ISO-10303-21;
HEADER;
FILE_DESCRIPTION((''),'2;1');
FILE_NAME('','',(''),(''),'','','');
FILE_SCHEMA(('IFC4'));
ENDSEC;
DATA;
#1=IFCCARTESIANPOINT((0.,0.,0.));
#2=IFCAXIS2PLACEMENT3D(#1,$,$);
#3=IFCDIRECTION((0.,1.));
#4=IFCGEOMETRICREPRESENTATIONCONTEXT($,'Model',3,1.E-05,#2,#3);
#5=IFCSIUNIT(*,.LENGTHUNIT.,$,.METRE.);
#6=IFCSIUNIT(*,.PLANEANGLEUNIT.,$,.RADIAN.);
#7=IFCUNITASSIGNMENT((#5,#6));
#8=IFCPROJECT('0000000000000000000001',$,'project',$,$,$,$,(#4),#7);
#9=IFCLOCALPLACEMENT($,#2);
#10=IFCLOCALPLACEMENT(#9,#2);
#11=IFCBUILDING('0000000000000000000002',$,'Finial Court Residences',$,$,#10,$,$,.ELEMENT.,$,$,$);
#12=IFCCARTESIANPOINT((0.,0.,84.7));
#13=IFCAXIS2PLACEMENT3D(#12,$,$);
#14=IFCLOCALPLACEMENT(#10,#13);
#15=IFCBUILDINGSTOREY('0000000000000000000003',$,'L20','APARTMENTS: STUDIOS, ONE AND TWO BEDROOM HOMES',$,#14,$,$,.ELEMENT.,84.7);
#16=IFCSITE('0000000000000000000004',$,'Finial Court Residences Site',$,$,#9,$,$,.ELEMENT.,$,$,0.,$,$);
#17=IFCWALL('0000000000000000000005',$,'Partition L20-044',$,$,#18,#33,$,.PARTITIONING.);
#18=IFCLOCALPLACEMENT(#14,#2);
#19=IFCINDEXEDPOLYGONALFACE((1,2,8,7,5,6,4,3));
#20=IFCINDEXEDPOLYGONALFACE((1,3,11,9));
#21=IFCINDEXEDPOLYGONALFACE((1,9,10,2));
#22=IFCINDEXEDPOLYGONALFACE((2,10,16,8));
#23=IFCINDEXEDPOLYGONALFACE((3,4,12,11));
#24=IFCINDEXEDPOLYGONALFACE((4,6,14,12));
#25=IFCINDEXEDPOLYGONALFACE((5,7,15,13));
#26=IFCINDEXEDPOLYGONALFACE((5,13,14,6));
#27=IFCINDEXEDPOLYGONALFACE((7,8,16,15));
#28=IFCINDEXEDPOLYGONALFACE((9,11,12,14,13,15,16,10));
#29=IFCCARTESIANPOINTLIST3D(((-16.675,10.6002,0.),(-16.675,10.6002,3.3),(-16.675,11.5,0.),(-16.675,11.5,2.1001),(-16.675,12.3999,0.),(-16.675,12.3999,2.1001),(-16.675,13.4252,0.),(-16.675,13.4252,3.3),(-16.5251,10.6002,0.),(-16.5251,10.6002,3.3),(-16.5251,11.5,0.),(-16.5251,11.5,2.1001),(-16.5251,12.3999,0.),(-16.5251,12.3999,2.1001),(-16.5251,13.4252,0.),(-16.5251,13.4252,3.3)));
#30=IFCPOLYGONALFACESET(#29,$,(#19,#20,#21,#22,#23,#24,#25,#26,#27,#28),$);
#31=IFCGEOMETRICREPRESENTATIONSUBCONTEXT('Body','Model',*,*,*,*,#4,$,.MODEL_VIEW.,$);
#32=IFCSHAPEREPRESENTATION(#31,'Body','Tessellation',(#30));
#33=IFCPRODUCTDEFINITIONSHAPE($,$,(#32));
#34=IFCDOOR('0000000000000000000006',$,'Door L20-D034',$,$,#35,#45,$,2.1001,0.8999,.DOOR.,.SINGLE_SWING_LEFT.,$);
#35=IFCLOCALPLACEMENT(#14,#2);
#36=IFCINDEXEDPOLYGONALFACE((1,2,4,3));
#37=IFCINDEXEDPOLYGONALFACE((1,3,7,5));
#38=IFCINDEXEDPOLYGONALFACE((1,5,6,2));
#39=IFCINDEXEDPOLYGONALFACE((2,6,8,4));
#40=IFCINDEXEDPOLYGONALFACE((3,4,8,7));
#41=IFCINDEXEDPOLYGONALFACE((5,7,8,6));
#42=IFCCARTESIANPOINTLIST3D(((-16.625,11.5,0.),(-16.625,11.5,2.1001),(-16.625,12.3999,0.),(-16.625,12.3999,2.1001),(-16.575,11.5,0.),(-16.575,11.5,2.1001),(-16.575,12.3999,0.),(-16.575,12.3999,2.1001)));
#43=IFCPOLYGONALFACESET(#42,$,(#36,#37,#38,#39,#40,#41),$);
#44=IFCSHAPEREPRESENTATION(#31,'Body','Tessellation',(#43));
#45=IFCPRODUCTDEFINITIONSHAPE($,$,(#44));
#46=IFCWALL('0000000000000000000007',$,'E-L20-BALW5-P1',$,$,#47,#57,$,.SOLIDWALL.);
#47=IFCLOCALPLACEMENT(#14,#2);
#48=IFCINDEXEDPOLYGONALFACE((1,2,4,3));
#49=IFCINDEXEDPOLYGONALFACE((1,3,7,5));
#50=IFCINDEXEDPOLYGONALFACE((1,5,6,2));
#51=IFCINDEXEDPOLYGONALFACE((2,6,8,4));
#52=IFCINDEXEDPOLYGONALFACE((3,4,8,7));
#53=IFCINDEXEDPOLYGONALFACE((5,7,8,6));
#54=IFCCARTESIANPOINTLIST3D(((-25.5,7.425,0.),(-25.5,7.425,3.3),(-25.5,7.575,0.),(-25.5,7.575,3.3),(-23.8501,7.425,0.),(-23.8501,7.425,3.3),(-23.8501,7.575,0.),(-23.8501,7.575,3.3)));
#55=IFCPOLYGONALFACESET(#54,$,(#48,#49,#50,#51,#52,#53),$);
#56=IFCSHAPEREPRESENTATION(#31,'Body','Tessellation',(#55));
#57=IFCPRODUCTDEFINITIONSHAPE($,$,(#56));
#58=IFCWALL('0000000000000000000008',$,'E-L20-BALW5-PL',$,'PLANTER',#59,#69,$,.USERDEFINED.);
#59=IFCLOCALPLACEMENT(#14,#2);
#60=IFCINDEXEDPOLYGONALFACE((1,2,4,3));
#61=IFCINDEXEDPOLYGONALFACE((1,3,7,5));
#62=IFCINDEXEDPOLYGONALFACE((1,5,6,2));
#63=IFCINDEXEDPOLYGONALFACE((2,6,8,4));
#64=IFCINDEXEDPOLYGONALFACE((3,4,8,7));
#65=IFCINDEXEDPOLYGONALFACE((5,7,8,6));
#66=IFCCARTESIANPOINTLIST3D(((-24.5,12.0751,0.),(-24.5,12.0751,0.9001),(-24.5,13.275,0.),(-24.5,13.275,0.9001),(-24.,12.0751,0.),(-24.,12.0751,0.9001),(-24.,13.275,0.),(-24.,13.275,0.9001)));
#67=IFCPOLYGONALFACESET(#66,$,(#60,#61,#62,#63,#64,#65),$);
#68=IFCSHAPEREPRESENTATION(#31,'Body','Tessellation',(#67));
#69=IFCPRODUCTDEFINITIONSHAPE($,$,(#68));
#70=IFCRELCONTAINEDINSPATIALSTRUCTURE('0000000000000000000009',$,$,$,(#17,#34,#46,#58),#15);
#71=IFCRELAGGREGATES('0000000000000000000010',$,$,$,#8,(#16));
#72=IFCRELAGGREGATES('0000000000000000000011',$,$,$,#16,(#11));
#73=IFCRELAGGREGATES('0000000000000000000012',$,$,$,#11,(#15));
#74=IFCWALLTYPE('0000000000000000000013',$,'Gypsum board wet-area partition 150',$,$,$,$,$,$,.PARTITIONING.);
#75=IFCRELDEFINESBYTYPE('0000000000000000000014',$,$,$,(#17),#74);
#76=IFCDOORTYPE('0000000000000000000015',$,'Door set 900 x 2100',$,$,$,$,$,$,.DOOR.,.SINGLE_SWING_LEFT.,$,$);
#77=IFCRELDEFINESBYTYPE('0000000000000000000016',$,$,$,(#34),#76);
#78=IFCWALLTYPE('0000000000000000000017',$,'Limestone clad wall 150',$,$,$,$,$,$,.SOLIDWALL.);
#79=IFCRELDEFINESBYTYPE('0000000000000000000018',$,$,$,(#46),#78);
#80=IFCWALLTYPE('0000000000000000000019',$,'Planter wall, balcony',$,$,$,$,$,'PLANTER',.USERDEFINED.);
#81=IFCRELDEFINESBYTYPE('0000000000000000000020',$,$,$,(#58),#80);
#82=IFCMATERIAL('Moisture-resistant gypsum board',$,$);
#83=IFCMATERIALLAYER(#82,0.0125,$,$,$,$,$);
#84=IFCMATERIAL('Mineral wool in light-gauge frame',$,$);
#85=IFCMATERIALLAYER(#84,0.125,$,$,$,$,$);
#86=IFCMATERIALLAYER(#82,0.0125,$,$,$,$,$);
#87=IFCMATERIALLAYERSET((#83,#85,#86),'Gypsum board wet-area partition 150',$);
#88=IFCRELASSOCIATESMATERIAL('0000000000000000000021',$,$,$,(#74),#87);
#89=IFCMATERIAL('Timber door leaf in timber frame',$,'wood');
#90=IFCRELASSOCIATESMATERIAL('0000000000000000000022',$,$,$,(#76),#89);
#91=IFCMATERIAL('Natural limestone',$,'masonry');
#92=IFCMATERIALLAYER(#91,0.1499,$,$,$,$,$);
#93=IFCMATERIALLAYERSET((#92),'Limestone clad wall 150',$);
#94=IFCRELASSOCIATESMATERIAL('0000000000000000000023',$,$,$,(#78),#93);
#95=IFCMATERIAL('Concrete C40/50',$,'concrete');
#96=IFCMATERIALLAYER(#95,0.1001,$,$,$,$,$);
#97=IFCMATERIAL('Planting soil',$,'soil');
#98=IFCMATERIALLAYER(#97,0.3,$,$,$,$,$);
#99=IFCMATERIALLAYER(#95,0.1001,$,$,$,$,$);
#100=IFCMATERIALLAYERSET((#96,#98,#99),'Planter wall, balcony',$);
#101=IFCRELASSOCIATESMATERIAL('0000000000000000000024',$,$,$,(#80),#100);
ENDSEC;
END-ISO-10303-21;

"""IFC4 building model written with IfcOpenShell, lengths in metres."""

from ifc_helpers import new_model, si_unit, direction, frame, frame_2d, origin, place, context, subcontext, project, spatial, rectangle, extrude, material, layer, layer_set, type_object, element, fill, save


model = new_model("IFC4")

# Units and contexts
model_context = context("Model", 3, precision=1e-05, world=origin(), true_north=direction((0.0, 1.0)))
body_context = subcontext(model_context, "Body", "Model", "MODEL_VIEW")
ifc_project = project(units=[si_unit("LENGTHUNIT", "METRE"), si_unit("PLANEANGLEUNIT", "RADIAN")], contexts=[model_context])

# Site, building, storey
site_placement = place(None, origin())
site = spatial("IfcSite", under=ifc_project, at=site_placement, Name="Finial Court Residences Site", CompositionType="ELEMENT", RefElevation=0.0)
building_placement = place(site_placement, origin())
building = spatial("IfcBuilding", under=site, at=building_placement, Name="Finial Court Residences", CompositionType="ELEMENT")
storey_placement = place(building_placement, frame((0.0, 0.0, 84.7)))
storey = spatial("IfcBuildingStorey", under=building, at=storey_placement, Name="L20", Description="APARTMENTS: STUDIOS, ONE AND TWO BEDROOM HOMES", CompositionType="ELEMENT", Elevation=84.7)

# Wall, opening, door
ifc_material_1 = material(Name="Moisture-resistant gypsum board")
ifc_layer_1 = layer(ifc_material_1, 0.0125)
ifc_material_2 = material(Name="Mineral wool in light-gauge frame")
ifc_layer_2 = layer(ifc_material_2, 0.125)
ifc_layer_3 = layer(ifc_material_1, 0.0125)
ifc_layer_set_1 = layer_set([ifc_layer_1, ifc_layer_2, ifc_layer_3], Name="Gypsum board wet-area partition 150")
wall_type_1 = type_object("IfcWallType", Name="Gypsum board wet-area partition 150", PredefinedType="PARTITIONING", material=ifc_layer_set_1)
ifc_material_3 = material(Name="Timber door leaf in timber frame", Category="wood")
door_type_1 = type_object("IfcDoorType", Name="Door set 900 x 2100", OperationType="SINGLE_SWING_LEFT", PredefinedType="DOOR", material=ifc_material_3)
wall_1_placement = place(storey_placement, frame((-16.6001, 10.6001, 0.0), z_axis=(0.0, 0.0, 1.0), x_axis=(0.0, 1.0, 0.0)))
wall_1 = element("IfcWall", 1, at=wall_1_placement, inside=storey, type_object=wall_type_1, Name="Partition L20-044", PredefinedType="PARTITIONING", context=body_context, shape_type="SweptSolid", body=[
    extrude(rectangle(XDim=2.825, YDim=0.1499, at=frame_2d((1.4126, 0.0))), origin(), (0.0, 0.0, 1.0), 3.3),
])
opening_1_placement = place(wall_1_placement, frame((0.8999, 0.0, 0.0)))
opening_1 = element("IfcOpeningElement", 2, at=opening_1_placement, cuts=wall_1, PredefinedType="OPENING", context=body_context, shape_type="SweptSolid", body=[
    extrude(rectangle(XDim=0.8999, YDim=2.1001, at=frame_2d((0.45, 1.05))), frame((0.0, 0.085, 0.0), z_axis=(0.0, -1.0, 0.0), x_axis=(1.0, 0.0, 0.0)), (0.0, 0.0, 1.0), 0.1699),
])
door_1_placement = place(opening_1_placement, origin())
door_1 = element("IfcDoor", 3, at=door_1_placement, inside=storey, type_object=door_type_1, Name="Door L20-D034", OperationType="SINGLE_SWING_LEFT", OverallHeight=2.1001, OverallWidth=0.8999, PredefinedType="DOOR", context=body_context, shape_type="SweptSolid", body=[
    extrude(rectangle(XDim=0.8999, YDim=2.1001, at=frame_2d((0.45, 1.05))), frame((0.0, 0.0249, 0.0), z_axis=(0.0, -1.0, 0.0), x_axis=(1.0, 0.0, 0.0)), (0.0, 0.0, 1.0), 0.05),
])
fill(opening_1, door_1)

# Wall
ifc_material_4 = material(Name="Natural limestone", Category="masonry")
ifc_layer_4 = layer(ifc_material_4, 0.1499)
ifc_layer_set_2 = layer_set([ifc_layer_4], Name="Limestone clad wall 150")
wall_type_2 = type_object("IfcWallType", Name="Limestone clad wall 150", PredefinedType="SOLIDWALL", material=ifc_layer_set_2)
wall_2_placement = place(storey_placement, frame((-23.8501, 7.5, 0.0), z_axis=(0.0, 0.0, 1.0), x_axis=(-1.0, 0.0, 0.0)))
element("IfcWall", 4, at=wall_2_placement, inside=storey, type_object=wall_type_2, Name="E-L20-BALW5-P1", PredefinedType="SOLIDWALL", context=body_context, shape_type="SweptSolid", body=[
    extrude(rectangle(XDim=1.6499, YDim=0.1499, at=frame_2d((0.825, 0.0))), origin(), (0.0, 0.0, 1.0), 3.3),
])

# Wall
ifc_material_5 = material(Name="Concrete C40/50", Category="concrete")
ifc_layer_5 = layer(ifc_material_5, 0.1001)
ifc_material_6 = material(Name="Planting soil", Category="soil")
ifc_layer_6 = layer(ifc_material_6, 0.3)
ifc_layer_7 = layer(ifc_material_5, 0.1001)
ifc_layer_set_3 = layer_set([ifc_layer_5, ifc_layer_6, ifc_layer_7], Name="Planter wall, balcony")
wall_type_3 = type_object("IfcWallType", Name="Planter wall, balcony", ElementType="PLANTER", PredefinedType="USERDEFINED", material=ifc_layer_set_3)
wall_3_placement = place(storey_placement, frame((-24.25, 12.075, 0.0), z_axis=(0.0, 0.0, 1.0), x_axis=(0.0, 1.0, 0.0)))
element("IfcWall", 5, at=wall_3_placement, inside=storey, type_object=wall_type_3, Name="E-L20-BALW5-PL", ObjectType="PLANTER", PredefinedType="USERDEFINED", context=body_context, shape_type="SweptSolid", body=[
    extrude(rectangle(XDim=1.2, YDim=0.5, at=frame_2d((0.6001, 0.0))), origin(), (0.0, 0.0, 1.0), 0.9001),
])

save(model, "model.ifc")
